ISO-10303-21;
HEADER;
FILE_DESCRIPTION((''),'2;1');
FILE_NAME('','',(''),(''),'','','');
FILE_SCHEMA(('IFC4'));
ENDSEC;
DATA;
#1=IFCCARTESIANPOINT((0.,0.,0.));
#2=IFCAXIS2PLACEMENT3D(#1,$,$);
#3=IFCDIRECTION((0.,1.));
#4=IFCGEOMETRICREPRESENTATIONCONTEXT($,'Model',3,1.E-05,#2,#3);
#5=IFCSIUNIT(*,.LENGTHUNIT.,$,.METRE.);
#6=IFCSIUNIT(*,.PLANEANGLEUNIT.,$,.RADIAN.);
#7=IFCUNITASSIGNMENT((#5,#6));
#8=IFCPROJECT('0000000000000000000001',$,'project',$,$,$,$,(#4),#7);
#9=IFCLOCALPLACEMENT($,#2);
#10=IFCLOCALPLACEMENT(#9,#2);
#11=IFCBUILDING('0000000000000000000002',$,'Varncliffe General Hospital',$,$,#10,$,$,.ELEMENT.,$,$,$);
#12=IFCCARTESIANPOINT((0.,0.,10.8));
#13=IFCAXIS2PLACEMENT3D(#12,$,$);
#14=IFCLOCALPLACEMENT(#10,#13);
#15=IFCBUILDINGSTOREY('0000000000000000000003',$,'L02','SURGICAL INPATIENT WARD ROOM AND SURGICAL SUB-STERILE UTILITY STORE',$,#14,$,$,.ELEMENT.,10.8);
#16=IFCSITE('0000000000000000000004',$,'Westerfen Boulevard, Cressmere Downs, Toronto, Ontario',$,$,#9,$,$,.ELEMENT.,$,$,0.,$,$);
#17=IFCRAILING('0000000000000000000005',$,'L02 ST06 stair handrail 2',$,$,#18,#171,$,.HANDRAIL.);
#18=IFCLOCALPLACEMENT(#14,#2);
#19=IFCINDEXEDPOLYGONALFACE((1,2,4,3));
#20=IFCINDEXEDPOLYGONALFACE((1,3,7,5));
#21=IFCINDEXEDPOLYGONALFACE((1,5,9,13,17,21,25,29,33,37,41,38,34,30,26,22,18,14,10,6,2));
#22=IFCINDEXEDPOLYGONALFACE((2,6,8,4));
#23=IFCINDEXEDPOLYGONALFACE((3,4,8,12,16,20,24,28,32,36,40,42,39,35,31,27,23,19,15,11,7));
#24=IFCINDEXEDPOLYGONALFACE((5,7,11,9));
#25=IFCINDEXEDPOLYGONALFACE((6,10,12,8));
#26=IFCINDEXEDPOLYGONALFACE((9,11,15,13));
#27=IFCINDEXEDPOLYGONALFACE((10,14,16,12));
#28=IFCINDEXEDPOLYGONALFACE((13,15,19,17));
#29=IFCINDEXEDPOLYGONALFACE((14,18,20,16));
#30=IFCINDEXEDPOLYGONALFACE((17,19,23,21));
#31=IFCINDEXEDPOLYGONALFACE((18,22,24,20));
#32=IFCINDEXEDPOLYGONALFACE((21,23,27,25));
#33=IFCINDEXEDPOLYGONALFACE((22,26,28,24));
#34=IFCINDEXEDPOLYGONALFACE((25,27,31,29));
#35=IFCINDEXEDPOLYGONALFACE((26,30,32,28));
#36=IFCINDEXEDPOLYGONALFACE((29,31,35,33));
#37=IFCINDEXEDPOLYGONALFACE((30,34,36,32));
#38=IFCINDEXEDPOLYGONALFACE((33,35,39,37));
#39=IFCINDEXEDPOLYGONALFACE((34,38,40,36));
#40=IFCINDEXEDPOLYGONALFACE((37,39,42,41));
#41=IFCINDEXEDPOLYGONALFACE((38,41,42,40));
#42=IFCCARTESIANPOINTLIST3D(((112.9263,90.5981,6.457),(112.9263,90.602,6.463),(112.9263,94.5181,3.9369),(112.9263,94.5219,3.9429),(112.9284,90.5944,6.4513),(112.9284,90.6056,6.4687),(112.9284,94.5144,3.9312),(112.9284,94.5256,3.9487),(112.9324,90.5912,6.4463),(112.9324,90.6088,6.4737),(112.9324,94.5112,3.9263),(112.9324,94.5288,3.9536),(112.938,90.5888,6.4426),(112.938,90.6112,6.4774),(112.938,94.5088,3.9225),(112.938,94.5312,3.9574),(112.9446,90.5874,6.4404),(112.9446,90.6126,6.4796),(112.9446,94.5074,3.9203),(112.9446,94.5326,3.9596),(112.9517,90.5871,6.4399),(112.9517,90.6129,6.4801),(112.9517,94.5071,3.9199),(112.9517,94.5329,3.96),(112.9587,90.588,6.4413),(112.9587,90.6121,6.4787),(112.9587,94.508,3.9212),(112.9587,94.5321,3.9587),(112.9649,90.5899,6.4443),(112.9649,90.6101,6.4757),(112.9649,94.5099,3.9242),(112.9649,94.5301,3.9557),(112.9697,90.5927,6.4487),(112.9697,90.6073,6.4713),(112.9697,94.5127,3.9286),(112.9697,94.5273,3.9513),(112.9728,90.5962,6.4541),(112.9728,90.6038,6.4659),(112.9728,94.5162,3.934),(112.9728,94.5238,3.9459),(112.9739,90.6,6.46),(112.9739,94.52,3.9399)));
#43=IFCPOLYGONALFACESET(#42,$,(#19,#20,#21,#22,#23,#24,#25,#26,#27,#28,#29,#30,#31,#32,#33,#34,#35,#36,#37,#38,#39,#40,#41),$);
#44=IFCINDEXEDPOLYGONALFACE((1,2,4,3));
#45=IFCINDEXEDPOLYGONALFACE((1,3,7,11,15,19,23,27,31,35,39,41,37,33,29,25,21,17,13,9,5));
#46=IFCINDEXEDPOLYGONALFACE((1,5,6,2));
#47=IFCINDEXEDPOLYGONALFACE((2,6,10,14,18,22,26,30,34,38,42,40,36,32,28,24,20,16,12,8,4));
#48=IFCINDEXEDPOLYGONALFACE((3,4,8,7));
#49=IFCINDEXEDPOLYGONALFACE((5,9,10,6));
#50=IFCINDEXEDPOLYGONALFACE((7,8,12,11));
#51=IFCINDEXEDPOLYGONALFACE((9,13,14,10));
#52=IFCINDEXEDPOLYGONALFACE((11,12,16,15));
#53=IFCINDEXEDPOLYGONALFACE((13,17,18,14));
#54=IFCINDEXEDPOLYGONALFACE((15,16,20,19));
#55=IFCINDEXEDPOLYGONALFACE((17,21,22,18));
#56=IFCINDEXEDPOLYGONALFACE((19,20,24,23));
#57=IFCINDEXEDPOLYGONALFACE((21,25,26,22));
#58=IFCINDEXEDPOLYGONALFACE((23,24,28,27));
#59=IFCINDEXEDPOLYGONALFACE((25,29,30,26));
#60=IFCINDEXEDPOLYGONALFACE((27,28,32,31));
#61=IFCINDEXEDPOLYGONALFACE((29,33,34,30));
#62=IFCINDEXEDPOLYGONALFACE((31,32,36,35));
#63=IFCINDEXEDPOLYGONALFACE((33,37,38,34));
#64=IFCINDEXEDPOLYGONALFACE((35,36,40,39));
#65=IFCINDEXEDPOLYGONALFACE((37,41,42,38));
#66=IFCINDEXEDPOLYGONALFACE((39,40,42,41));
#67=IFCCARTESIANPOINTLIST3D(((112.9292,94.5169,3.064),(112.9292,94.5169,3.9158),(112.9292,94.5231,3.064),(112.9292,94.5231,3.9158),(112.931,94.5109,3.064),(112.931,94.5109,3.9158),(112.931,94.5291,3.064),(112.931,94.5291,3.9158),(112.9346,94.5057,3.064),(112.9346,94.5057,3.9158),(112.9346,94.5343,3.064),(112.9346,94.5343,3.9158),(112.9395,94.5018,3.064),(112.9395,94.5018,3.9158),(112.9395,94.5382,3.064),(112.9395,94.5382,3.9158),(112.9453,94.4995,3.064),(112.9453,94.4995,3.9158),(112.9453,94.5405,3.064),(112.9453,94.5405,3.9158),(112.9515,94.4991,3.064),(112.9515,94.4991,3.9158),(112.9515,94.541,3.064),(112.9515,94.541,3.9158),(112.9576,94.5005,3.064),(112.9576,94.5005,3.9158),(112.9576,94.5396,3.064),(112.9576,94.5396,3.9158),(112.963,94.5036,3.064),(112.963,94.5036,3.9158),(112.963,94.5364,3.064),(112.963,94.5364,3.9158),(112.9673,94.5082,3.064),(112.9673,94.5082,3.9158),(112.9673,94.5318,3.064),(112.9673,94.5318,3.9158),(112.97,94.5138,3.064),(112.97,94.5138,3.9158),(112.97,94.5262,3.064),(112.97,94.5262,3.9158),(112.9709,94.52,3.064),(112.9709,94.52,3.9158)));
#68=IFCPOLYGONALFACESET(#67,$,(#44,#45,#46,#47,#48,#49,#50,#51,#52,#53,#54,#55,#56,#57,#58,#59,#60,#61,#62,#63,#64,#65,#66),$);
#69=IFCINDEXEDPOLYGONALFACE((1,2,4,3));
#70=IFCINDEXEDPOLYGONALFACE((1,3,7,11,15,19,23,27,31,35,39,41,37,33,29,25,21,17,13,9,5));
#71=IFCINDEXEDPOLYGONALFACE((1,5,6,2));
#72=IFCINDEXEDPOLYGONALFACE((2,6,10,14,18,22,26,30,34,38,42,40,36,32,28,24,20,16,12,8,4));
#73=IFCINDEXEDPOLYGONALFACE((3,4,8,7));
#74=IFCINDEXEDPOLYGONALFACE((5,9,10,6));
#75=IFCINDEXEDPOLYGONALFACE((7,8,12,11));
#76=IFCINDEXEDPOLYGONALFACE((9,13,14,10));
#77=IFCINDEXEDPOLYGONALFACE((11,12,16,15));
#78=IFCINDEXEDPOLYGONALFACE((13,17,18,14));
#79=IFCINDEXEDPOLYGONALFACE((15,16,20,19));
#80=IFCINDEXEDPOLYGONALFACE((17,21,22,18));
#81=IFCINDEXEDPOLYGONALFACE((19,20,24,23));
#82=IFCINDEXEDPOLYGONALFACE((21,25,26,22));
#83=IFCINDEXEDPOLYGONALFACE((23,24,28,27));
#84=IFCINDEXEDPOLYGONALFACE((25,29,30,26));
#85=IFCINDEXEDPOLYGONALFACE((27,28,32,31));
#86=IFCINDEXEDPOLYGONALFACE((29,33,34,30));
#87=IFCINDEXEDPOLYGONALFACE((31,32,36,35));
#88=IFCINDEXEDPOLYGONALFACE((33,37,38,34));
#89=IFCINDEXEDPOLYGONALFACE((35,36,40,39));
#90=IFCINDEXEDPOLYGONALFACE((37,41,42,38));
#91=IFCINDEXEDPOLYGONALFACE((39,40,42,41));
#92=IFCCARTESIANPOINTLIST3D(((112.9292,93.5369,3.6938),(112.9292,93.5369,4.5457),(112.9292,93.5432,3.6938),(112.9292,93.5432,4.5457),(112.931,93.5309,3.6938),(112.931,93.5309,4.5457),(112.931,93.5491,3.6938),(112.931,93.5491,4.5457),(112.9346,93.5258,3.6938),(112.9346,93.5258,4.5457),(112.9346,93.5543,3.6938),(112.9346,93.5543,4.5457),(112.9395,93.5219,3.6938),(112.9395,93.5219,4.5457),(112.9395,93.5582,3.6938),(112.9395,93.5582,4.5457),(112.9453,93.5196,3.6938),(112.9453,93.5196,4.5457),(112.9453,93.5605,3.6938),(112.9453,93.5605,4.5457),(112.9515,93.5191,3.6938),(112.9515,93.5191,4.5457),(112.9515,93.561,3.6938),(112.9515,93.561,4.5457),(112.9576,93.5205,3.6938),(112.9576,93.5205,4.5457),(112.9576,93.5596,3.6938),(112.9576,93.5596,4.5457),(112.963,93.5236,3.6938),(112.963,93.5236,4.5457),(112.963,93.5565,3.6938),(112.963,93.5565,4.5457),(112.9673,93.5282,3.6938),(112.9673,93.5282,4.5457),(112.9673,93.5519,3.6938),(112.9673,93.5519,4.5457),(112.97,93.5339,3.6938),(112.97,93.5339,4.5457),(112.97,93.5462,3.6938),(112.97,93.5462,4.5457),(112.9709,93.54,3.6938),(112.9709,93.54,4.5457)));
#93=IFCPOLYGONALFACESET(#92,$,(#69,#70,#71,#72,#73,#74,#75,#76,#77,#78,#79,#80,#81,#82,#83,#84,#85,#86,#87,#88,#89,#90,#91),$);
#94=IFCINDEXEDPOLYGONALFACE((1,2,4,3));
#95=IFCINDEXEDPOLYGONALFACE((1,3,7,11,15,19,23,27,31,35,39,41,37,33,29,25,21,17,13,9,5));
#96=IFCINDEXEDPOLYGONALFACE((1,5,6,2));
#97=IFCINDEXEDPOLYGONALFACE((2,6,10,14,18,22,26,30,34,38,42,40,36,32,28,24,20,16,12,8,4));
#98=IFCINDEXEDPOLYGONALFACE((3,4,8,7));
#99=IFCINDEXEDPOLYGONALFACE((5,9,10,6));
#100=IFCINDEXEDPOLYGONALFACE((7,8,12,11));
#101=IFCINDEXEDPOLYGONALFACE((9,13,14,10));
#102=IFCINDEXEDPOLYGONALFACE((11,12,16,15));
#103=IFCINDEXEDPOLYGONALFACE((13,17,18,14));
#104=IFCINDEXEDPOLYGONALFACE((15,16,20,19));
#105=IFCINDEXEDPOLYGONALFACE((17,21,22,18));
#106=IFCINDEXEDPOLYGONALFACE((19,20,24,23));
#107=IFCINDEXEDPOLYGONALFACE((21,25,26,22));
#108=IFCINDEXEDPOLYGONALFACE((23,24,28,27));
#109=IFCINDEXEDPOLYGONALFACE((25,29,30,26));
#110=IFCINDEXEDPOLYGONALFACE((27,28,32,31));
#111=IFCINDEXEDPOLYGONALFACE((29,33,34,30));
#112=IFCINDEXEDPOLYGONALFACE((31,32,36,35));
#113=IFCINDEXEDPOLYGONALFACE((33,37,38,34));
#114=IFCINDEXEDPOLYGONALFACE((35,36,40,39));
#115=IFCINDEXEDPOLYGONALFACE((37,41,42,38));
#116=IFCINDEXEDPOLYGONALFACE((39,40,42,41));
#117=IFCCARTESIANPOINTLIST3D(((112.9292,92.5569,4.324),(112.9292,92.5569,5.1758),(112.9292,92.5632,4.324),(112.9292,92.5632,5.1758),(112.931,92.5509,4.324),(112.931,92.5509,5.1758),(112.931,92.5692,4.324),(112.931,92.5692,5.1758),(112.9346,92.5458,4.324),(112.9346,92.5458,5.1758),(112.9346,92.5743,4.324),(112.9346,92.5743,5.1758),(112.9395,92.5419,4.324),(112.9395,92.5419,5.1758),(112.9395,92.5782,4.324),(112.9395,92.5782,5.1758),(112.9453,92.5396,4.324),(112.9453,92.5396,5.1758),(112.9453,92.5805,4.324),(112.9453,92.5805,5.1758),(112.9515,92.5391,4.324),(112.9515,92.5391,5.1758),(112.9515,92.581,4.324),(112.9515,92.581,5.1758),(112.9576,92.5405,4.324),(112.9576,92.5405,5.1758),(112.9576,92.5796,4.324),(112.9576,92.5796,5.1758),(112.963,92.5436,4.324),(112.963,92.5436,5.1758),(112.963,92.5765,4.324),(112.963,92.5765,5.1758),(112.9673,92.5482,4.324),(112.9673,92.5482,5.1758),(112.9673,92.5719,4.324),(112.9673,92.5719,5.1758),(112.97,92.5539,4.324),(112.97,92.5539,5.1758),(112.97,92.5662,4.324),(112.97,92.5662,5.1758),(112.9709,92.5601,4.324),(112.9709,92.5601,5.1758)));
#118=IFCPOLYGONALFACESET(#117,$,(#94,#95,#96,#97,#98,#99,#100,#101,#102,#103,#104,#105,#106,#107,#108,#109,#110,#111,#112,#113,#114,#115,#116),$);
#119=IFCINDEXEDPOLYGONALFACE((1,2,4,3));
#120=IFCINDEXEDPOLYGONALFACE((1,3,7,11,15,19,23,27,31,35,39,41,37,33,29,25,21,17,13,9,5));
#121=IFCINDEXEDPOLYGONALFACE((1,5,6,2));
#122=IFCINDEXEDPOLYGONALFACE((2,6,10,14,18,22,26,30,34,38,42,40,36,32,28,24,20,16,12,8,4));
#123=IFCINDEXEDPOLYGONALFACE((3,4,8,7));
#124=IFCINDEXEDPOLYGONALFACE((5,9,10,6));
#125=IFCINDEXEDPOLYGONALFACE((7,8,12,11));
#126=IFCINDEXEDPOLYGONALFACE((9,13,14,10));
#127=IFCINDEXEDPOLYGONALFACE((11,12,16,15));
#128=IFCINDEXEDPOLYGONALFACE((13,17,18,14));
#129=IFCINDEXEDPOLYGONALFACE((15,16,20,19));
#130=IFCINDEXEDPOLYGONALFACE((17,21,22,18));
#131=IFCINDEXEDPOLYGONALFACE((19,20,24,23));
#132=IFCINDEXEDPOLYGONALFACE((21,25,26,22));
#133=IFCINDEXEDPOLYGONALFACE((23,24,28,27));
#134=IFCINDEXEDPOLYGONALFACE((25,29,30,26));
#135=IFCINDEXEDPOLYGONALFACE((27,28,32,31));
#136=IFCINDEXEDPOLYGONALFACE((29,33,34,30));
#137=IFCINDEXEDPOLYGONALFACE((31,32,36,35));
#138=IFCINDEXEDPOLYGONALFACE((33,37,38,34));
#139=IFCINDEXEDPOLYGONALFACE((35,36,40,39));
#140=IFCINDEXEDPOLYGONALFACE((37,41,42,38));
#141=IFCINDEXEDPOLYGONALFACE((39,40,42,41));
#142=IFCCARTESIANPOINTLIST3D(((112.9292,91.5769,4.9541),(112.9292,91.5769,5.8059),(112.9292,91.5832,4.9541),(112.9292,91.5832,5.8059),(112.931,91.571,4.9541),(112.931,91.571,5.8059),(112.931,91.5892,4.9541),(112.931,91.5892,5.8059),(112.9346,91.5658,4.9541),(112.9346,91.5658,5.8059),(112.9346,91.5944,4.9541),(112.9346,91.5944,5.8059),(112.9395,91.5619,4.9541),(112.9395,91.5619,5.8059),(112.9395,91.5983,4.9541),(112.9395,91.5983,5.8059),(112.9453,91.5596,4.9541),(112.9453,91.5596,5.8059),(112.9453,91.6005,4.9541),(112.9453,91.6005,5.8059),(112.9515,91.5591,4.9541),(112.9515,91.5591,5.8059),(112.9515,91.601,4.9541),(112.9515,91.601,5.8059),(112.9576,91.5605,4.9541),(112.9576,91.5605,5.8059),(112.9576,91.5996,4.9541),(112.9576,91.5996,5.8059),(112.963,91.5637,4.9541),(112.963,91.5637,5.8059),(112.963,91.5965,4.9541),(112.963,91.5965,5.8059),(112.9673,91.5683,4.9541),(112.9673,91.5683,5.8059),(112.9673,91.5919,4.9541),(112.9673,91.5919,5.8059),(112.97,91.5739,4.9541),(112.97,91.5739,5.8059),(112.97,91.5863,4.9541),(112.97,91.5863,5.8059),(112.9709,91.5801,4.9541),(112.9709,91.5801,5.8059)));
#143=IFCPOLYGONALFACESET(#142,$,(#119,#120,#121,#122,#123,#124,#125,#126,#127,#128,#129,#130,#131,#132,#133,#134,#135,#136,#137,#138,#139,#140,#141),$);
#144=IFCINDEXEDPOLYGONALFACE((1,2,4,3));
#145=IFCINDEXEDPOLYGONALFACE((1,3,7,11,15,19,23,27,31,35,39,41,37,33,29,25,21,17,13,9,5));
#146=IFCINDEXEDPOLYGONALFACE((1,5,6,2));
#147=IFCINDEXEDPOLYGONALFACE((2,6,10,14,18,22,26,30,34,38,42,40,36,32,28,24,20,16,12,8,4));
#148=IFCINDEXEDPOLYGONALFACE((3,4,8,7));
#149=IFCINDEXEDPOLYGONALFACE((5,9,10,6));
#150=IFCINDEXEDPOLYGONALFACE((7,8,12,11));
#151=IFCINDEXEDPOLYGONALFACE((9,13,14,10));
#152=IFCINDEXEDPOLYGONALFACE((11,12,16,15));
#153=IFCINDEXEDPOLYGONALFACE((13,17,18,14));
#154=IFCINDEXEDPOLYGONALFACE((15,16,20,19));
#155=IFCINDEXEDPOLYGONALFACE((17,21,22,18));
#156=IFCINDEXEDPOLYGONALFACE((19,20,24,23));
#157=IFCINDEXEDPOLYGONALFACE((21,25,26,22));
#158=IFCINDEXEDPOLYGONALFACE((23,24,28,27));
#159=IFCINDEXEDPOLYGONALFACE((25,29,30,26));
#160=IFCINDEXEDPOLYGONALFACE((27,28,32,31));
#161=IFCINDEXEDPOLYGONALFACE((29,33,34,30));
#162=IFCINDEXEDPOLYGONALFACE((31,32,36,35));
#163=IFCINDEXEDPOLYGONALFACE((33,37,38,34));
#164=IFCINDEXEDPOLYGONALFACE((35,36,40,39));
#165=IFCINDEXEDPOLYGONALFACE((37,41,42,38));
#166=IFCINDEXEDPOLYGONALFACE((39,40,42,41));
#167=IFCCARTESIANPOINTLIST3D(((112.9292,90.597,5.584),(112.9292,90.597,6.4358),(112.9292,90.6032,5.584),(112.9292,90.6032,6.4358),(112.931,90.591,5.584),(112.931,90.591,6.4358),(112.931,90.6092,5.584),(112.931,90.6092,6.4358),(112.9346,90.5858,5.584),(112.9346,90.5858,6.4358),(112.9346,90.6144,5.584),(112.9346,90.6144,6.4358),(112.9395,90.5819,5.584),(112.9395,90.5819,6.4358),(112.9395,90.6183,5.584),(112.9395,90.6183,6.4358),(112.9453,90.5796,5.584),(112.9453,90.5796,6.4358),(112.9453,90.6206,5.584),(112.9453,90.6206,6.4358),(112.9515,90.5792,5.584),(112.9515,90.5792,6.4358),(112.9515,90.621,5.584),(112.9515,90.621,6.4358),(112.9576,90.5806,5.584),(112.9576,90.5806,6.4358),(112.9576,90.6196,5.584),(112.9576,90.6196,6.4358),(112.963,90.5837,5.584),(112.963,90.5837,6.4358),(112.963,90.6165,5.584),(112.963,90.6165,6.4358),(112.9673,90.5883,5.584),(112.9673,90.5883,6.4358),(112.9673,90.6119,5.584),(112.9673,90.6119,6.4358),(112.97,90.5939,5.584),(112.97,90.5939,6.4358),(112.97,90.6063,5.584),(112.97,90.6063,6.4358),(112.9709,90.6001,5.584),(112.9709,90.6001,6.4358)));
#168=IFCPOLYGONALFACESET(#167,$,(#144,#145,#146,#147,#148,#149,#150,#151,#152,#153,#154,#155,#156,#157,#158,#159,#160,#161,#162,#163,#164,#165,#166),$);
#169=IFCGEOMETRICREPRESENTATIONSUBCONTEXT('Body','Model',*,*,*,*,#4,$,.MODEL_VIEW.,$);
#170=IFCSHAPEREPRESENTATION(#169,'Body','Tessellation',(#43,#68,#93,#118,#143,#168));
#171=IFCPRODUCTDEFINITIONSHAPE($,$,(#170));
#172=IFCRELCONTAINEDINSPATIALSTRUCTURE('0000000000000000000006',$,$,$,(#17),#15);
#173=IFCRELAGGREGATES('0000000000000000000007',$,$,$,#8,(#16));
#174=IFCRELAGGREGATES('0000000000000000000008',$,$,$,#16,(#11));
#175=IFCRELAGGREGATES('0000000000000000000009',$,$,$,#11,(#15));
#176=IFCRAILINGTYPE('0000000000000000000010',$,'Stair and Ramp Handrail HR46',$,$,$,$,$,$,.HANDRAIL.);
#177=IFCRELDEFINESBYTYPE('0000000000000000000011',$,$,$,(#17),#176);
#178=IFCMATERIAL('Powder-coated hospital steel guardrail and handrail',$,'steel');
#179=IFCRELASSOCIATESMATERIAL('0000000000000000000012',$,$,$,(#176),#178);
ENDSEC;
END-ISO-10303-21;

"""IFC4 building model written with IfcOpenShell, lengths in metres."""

from ifc_helpers import new_model, si_unit, direction, frame, origin, origin_2d, place, context, subcontext, project, spatial, circle, extrude, material, type_object, element, save


model = new_model("IFC4")

# Units and contexts
model_context = context("Model", 3, precision=1e-05, world=origin(), true_north=direction((0.0, 1.0)))
body_context = subcontext(model_context, "Body", "Model", "MODEL_VIEW")
ifc_project = project(units=[si_unit("LENGTHUNIT", "METRE"), si_unit("PLANEANGLEUNIT", "RADIAN")], contexts=[model_context])

# Site, building, storey
site_placement = place(None, origin())
site = spatial("IfcSite", under=ifc_project, at=site_placement, Name="Westerfen Boulevard, Cressmere Downs, Toronto, Ontario", CompositionType="ELEMENT", RefElevation=0.0)
building_placement = place(site_placement, origin())
building = spatial("IfcBuilding", under=site, at=building_placement, Name="Varncliffe General Hospital", CompositionType="ELEMENT")
storey_placement = place(building_placement, frame((0.0, 0.0, 10.8)))
storey = spatial("IfcBuildingStorey", under=building, at=storey_placement, Name="L02", Description="SURGICAL INPATIENT WARD ROOM AND SURGICAL SUB-STERILE UTILITY STORE", CompositionType="ELEMENT", Elevation=10.8)

# Railing
ifc_material_1 = material(Name="Powder-coated hospital steel guardrail and handrail", Category="steel")
railing_type = type_object("IfcRailingType", Name="Stair and Ramp Handrail HR46", PredefinedType="HANDRAIL", material=ifc_material_1)
railing_placement = place(storey_placement, frame((112.95, 94.52, 3.064)))
element("IfcRailing", 1, at=railing_placement, inside=storey, type_object=railing_type, Name="L02 ST06 stair handrail 2", PredefinedType="HANDRAIL", context=body_context, shape_type="SweptSolid", body=[
    extrude(circle(Radius=0.0239, at=origin_2d()), frame((0.0, 0.0, 0.876), z_axis=(0.0, -0.841172, 0.540768), x_axis=(1.0, 0.0, 0.0)), (0.0, 0.0, 1.0), 4.6602),
    extrude(circle(Radius=0.021, at=origin_2d()), origin(), (0.0, 0.0, 1.0), 0.8518),
    extrude(circle(Radius=0.021, at=origin_2d()), frame((0.0, -0.98, 0.6299)), (0.0, 0.0, 1.0), 0.8518),
    extrude(circle(Radius=0.021, at=origin_2d()), frame((0.0, -1.96, 1.26)), (0.0, 0.0, 1.0), 0.8518),
    extrude(circle(Radius=0.021, at=origin_2d()), frame((0.0, -2.9399, 1.8901)), (0.0, 0.0, 1.0), 0.8518),
    extrude(circle(Radius=0.021, at=origin_2d()), frame((0.0, -3.9199, 2.52)), (0.0, 0.0, 1.0), 0.8518),
])

save(model, "model.ifc")
